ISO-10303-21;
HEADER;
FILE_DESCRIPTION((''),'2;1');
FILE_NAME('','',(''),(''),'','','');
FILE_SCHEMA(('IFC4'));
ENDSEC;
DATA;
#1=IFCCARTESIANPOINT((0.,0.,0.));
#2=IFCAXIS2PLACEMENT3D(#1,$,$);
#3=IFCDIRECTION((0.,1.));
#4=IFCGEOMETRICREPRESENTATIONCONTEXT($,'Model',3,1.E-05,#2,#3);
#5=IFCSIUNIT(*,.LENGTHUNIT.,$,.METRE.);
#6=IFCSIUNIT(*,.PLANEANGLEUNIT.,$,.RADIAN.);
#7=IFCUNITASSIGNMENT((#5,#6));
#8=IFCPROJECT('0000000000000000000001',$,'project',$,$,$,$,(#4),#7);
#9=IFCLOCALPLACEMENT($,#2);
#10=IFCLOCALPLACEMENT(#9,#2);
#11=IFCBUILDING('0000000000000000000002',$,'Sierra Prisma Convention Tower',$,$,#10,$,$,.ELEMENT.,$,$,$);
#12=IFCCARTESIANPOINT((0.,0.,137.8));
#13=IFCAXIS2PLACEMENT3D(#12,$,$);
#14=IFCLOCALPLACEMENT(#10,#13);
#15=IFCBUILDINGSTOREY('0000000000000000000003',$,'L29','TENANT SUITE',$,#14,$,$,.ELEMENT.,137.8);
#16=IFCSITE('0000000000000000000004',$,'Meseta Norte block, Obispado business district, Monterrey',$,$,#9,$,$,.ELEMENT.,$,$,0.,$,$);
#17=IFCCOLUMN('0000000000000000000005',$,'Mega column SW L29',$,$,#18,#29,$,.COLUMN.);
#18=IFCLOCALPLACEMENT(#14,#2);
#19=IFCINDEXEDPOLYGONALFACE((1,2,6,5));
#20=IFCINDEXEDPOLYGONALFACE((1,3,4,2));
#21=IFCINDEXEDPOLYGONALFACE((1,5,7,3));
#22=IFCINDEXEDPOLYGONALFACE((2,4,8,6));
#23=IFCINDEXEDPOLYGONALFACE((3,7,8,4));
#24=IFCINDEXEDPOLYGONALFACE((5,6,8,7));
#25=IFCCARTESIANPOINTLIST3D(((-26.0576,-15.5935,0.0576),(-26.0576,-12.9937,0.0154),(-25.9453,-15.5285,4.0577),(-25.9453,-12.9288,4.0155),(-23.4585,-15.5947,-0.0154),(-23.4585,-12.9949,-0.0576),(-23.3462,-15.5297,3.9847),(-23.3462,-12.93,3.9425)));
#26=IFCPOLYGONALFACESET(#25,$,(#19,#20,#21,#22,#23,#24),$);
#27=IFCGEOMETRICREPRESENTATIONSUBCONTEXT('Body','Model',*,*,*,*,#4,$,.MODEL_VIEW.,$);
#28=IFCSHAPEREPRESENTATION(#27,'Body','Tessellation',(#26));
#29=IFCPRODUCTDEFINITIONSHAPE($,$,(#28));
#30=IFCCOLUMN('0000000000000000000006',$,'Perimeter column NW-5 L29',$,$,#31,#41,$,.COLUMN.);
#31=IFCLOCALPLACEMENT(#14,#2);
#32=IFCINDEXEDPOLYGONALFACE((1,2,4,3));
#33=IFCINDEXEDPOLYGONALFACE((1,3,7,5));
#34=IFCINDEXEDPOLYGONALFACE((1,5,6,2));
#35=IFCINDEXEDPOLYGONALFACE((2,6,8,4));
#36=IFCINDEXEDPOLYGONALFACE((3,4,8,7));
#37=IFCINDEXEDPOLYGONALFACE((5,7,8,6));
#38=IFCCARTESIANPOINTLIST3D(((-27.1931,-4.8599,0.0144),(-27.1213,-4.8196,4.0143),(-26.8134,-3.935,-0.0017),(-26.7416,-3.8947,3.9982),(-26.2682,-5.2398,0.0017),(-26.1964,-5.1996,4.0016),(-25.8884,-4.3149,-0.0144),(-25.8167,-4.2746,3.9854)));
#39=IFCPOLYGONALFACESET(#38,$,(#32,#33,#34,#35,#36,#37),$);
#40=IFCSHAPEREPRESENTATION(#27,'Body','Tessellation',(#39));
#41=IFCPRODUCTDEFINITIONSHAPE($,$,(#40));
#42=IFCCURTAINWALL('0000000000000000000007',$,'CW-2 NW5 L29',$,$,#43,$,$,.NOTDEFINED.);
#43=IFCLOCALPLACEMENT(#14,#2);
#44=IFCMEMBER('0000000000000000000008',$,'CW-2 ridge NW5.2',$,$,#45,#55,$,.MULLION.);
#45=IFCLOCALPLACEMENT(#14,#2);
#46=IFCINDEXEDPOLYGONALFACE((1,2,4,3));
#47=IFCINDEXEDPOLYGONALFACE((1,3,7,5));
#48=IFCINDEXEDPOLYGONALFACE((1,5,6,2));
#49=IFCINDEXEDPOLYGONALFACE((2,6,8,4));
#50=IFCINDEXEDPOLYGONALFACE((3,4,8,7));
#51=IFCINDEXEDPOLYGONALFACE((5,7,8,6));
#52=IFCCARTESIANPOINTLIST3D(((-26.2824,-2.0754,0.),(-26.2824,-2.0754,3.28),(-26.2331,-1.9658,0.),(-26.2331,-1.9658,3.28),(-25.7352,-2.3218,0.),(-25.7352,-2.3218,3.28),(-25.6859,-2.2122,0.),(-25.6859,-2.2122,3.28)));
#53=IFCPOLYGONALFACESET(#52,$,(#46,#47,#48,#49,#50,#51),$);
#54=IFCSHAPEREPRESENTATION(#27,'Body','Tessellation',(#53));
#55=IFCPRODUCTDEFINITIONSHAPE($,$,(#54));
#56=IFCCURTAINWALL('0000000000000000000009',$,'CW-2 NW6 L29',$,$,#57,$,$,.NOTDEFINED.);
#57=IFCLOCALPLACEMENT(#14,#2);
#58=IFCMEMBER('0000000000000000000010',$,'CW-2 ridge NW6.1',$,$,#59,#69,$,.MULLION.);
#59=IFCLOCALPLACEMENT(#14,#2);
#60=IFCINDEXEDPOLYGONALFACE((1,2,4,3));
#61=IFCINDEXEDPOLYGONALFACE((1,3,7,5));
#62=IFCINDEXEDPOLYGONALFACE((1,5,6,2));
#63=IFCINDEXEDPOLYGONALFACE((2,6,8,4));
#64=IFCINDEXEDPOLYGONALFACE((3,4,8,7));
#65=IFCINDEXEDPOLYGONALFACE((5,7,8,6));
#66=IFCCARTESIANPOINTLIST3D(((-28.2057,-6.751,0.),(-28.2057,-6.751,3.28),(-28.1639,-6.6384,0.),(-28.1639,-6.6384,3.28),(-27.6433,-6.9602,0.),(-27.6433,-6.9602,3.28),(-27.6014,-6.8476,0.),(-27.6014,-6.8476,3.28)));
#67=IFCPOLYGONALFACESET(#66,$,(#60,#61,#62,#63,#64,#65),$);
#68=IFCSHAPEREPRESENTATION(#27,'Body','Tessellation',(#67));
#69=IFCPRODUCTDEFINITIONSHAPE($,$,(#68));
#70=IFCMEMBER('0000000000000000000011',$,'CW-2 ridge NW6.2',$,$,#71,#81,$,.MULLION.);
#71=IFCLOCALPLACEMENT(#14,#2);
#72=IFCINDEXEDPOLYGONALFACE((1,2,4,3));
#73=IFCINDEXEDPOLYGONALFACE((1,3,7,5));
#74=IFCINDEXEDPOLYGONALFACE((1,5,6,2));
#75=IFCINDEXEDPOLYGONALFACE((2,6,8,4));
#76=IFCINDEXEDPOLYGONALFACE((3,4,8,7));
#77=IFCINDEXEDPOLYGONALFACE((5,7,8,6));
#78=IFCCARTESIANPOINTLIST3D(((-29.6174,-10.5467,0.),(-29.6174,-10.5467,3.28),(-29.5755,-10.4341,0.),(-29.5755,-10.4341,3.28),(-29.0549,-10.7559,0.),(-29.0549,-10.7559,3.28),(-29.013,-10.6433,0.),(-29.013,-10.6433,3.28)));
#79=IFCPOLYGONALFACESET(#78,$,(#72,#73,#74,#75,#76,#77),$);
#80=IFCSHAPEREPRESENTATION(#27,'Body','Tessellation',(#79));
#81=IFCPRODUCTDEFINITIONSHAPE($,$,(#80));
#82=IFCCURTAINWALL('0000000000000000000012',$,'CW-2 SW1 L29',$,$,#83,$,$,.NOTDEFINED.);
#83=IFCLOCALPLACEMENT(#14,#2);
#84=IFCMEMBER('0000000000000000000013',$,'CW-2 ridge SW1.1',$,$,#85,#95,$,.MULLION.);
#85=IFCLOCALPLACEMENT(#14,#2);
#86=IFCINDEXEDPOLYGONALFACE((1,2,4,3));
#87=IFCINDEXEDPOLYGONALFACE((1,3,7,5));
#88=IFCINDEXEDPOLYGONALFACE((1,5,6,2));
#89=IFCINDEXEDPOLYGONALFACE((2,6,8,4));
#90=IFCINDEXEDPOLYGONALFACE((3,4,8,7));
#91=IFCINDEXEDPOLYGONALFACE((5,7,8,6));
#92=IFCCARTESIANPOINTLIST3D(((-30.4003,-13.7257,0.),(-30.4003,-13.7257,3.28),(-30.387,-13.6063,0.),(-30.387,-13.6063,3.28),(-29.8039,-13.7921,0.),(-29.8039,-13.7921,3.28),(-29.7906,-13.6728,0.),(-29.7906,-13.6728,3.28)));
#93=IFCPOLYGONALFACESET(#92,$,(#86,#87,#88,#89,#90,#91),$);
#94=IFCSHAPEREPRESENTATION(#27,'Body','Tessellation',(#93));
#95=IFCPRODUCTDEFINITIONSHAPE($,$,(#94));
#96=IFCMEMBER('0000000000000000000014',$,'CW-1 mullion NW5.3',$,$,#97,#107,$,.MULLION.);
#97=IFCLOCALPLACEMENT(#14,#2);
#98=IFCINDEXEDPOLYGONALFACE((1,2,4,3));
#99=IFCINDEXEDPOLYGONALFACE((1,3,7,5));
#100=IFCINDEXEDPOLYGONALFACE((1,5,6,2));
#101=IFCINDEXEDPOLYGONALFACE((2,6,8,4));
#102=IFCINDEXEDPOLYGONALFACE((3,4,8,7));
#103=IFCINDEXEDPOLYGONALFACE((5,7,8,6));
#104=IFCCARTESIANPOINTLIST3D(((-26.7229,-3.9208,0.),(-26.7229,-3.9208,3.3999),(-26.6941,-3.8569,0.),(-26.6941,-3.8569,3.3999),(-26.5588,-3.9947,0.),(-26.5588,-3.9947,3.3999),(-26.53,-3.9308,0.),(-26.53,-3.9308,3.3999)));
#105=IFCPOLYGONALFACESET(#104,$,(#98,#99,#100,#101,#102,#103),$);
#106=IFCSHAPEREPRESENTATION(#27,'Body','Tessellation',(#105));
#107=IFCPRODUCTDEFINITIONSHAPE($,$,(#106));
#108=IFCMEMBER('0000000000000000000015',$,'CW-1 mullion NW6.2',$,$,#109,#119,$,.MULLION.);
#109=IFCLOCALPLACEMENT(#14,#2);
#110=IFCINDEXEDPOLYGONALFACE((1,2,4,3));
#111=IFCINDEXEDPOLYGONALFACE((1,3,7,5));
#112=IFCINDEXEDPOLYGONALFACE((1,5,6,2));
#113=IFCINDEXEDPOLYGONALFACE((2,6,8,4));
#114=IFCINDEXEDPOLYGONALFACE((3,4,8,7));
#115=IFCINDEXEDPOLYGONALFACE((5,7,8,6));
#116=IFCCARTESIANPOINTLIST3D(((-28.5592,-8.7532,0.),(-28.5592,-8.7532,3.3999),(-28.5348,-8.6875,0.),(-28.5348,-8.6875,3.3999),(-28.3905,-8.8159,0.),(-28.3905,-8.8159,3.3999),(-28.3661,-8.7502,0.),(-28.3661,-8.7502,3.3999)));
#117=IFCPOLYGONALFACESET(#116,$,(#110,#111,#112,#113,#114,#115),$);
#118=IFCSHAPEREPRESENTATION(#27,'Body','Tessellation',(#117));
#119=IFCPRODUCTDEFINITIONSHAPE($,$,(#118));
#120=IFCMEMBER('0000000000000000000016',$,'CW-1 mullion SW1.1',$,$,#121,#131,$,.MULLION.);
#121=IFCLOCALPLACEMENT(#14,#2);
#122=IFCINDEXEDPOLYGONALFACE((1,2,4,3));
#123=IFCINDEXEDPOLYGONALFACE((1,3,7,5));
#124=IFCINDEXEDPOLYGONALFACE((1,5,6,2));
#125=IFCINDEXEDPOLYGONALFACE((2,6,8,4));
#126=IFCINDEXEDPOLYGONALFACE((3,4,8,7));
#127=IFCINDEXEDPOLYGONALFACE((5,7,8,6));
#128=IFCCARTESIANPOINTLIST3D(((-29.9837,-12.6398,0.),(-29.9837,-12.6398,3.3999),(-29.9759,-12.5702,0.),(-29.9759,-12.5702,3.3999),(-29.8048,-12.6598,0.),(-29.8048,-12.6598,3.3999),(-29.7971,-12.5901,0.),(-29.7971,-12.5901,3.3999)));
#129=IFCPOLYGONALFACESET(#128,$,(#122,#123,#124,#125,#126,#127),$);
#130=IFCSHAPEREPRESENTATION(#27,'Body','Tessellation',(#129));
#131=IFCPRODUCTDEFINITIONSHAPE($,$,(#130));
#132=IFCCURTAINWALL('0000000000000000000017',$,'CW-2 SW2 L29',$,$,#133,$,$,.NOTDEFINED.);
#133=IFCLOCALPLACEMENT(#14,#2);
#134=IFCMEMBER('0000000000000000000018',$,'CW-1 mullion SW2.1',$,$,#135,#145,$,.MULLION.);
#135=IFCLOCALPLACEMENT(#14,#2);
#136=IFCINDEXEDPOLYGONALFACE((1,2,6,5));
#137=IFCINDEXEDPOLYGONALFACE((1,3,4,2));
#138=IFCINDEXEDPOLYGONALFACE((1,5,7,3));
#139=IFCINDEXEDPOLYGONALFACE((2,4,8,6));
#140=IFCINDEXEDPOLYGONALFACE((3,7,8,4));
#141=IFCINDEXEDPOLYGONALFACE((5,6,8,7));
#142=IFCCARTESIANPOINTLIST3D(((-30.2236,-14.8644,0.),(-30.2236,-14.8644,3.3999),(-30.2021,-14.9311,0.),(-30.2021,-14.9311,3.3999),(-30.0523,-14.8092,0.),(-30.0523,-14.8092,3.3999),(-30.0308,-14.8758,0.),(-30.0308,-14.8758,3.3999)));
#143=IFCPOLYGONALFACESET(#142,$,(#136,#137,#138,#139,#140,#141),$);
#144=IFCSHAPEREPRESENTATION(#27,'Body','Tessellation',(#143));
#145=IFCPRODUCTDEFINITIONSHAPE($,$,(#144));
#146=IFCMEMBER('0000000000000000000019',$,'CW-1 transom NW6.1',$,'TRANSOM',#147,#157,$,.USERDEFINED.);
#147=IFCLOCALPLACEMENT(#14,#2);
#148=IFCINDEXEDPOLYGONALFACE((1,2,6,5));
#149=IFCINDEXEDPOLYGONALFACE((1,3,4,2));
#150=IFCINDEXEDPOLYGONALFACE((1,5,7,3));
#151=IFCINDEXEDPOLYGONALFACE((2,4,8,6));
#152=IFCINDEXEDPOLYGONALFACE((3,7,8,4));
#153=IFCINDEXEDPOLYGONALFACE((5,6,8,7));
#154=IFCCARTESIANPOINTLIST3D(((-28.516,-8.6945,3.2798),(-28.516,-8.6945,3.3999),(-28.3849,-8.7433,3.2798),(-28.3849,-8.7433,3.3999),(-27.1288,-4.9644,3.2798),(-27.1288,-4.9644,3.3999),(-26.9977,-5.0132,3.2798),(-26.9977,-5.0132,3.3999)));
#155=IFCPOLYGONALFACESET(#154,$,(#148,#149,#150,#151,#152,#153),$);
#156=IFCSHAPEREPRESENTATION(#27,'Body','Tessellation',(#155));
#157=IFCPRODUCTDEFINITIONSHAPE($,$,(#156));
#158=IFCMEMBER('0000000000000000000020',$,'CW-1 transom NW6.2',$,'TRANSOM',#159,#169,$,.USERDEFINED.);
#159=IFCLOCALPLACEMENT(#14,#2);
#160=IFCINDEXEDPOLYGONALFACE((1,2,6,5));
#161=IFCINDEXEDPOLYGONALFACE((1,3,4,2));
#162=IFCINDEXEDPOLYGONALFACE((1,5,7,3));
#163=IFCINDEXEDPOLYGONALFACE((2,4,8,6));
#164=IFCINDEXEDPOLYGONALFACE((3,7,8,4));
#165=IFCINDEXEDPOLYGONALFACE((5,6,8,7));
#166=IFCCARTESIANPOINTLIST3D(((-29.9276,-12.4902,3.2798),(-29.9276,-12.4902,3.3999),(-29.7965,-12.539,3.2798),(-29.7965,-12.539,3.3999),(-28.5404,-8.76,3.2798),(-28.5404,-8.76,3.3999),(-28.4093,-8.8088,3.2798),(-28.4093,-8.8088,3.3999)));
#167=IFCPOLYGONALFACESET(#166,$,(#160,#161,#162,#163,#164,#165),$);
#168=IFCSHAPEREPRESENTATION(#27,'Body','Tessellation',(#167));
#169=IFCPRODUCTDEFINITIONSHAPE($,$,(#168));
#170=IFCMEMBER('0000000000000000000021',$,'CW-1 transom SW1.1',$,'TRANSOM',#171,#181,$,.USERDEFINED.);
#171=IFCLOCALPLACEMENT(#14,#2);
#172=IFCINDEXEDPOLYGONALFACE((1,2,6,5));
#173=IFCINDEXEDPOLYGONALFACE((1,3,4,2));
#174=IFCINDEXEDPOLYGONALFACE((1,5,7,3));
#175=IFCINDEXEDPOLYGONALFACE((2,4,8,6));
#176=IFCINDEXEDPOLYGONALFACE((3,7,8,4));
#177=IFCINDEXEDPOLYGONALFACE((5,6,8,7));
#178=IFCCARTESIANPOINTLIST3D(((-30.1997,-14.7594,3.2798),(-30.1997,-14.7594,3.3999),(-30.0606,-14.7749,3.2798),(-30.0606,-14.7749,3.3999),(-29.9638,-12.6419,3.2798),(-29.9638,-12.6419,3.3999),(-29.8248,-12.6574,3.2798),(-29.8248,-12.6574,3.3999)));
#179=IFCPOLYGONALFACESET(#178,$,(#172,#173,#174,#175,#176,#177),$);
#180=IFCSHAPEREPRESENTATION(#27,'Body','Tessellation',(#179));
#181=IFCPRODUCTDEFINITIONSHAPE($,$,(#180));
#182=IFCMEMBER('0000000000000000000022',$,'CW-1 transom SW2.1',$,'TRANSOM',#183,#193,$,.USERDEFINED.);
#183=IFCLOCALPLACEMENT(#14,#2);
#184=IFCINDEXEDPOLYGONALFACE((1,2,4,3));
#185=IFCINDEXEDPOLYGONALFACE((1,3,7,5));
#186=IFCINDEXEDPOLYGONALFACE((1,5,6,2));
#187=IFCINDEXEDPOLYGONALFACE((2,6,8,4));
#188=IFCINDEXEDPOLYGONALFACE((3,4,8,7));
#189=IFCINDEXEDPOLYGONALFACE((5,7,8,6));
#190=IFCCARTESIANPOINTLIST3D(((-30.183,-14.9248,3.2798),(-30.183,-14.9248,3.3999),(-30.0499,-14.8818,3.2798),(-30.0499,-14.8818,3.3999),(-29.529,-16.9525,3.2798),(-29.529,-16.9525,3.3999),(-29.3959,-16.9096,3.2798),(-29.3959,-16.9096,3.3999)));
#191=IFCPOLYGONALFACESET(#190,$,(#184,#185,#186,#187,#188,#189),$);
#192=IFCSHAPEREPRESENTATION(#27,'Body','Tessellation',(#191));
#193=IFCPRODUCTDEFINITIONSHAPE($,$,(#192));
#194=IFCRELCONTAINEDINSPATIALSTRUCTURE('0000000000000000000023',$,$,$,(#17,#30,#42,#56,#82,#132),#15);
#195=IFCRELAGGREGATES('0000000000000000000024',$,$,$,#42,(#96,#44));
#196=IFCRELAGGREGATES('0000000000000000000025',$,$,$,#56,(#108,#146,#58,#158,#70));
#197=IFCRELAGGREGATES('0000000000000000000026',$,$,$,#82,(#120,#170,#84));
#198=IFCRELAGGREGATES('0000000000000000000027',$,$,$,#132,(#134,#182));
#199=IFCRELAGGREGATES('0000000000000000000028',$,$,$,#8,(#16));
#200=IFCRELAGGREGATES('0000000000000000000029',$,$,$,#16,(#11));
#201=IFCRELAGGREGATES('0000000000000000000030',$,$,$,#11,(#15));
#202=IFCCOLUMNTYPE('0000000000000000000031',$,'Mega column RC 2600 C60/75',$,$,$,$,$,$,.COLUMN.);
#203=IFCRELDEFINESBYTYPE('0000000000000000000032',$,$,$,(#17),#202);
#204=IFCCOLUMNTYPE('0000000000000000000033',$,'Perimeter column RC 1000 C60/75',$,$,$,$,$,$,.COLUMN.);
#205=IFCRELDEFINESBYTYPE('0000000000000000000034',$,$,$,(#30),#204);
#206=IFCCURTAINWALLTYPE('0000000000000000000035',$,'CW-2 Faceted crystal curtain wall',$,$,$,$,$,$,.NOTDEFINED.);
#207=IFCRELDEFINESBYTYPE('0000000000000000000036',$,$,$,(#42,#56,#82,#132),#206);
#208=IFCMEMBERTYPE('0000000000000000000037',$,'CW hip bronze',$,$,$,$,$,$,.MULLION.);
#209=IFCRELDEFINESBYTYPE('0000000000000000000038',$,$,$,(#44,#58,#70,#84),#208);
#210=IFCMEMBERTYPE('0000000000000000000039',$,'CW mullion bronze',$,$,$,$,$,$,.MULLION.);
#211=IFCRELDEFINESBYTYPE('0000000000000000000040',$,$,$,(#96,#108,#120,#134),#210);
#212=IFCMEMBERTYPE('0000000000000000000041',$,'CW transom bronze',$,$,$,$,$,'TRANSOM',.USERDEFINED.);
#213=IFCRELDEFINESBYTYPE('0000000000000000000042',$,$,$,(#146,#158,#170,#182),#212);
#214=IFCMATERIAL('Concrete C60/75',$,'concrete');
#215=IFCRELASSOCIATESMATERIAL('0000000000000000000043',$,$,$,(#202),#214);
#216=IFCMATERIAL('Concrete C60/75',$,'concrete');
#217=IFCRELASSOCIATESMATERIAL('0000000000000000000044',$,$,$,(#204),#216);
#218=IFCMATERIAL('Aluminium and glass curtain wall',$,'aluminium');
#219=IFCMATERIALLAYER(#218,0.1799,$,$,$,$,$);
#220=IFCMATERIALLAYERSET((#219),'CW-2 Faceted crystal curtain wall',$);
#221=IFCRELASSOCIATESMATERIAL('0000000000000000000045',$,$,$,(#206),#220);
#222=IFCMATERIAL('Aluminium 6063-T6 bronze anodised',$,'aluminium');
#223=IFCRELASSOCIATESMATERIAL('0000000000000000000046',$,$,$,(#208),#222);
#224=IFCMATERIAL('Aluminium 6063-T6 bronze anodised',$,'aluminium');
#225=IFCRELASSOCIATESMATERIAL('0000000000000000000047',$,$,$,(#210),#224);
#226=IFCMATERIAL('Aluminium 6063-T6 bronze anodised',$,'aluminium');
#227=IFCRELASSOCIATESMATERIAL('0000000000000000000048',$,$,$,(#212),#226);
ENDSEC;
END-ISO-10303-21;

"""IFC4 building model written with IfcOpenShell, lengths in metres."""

from ifc_helpers import new_model, si_unit, direction, frame, origin, origin_2d, place, context, subcontext, project, spatial, rectangle, extrude, material, layer, layer_set, material_profile, profile_set, type_object, element, aggregate, save


model = new_model("IFC4")

# Units and contexts
model_context = context("Model", 3, precision=1e-05, world=origin(), true_north=direction((0.0, 1.0)))
body_context = subcontext(model_context, "Body", "Model", "MODEL_VIEW")
ifc_project = project(units=[si_unit("LENGTHUNIT", "METRE"), si_unit("PLANEANGLEUNIT", "RADIAN")], contexts=[model_context])

# Site, building, storey
site_placement = place(None, origin())
site = spatial("IfcSite", under=ifc_project, at=site_placement, Name="Meseta Norte block, Obispado business district, Monterrey", CompositionType="ELEMENT", RefElevation=0.0)
building_placement = place(site_placement, origin())
building = spatial("IfcBuilding", under=site, at=building_placement, Name="Sierra Prisma Convention Tower", CompositionType="ELEMENT")
storey_placement = place(building_placement, frame((0.0, 0.0, 137.8)))
storey = spatial("IfcBuildingStorey", under=building, at=storey_placement, Name="L29", Description="TENANT SUITE", CompositionType="ELEMENT", Elevation=137.8)

# Columns
ifc_material_1 = material(Name="Concrete C60/75", Category="concrete")
ifc_material_profile_1 = material_profile(ifc_material_1, rectangle(XDim=2.6001, YDim=2.6001, at=origin_2d()), Name="Mega column RC 2600 C60/75")
ifc_profile_set_1 = profile_set([ifc_material_profile_1], Name="Concrete C60/75")
column_type_1 = type_object("IfcColumnType", Name="Mega column RC 2600 C60/75", PredefinedType="COLUMN", material=ifc_profile_set_1)
column_1_placement = place(storey_placement, frame((-24.7581, -14.2942, 0.0), z_axis=(0.028061, 0.016227, 0.999474), x_axis=(0.999606, -0.000456, -0.028058)))
element("IfcColumn", 1, at=column_1_placement, inside=storey, type_object=column_type_1, Name="Mega column SW L29", PredefinedType="COLUMN", context=body_context, shape_type="SweptSolid", body=[
    extrude(rectangle(XDim=2.6001, YDim=2.6001, at=origin_2d()), origin(), (0.0, 0.0, 1.0), 4.0022),
])
ifc_material_2 = material(Name="Concrete C60/75", Category="concrete")
ifc_material_profile_2 = material_profile(ifc_material_2, rectangle(XDim=1.0, YDim=1.0, at=origin_2d()), Name="Perimeter column RC 1000 C60/75")
ifc_profile_set_2 = profile_set([ifc_material_profile_2], Name="Concrete C60/75")
column_type_2 = type_object("IfcColumnType", Name="Perimeter column RC 1000 C60/75", PredefinedType="COLUMN", material=ifc_profile_set_2)
column_2_placement = place(storey_placement, frame((-26.5408, -4.5874, 0.0), z_axis=(0.017941, 0.010069, 0.999788), x_axis=(0.379721, 0.92496, -0.016129)))
element("IfcColumn", 2, at=column_2_placement, inside=storey, type_object=column_type_2, Name="Perimeter column NW-5 L29", PredefinedType="COLUMN", context=body_context, shape_type="SweptSolid", body=[
    extrude(rectangle(XDim=1.0, YDim=1.0, at=origin_2d()), origin(), (0.0, 0.0, 1.0), 4.0007),
])

# Curtain wall, member
ifc_material_3 = material(Name="Aluminium and glass curtain wall", Category="aluminium")
ifc_layer_1 = layer(ifc_material_3, 0.1799)
ifc_layer_set_1 = layer_set([ifc_layer_1], Name="CW-2 Faceted crystal curtain wall")
curtain_wall_type = type_object("IfcCurtainWallType", Name="CW-2 Faceted crystal curtain wall", PredefinedType="NOTDEFINED", material=ifc_layer_set_1)
curtain_wall_1_placement = place(storey_placement, origin())
curtain_wall_1 = element("IfcCurtainWall", 3, at=curtain_wall_1_placement, inside=storey, type_object=curtain_wall_type, Name="CW-2 NW5 L29", PredefinedType="NOTDEFINED")
ifc_material_4 = material(Name="Aluminium 6063-T6 bronze anodised", Category="aluminium")
ifc_material_profile_3 = material_profile(ifc_material_4, rectangle(XDim=0.1201, YDim=0.6001, at=origin_2d()), Name="ALU RIDGE BLADE 120x600")
ifc_profile_set_3 = profile_set([ifc_material_profile_3], Name="Aluminium 6063-T6 bronze anodised")
member_type_1 = type_object("IfcMemberType", Name="CW hip bronze", PredefinedType="MULLION", material=ifc_profile_set_3)
member_1_placement = place(storey_placement, frame((-25.9841, -2.1438, 0.0), z_axis=(0.0, 0.0, 1.0), x_axis=(-0.410562, -0.911833, 0.0)))
member_1 = element("IfcMember", 4, at=member_1_placement, type_object=member_type_1, Name="CW-2 ridge NW5.2", PredefinedType="MULLION", context=body_context, shape_type="SweptSolid", body=[
    extrude(rectangle(XDim=0.1201, YDim=0.6001, at=origin_2d()), origin(), (0.0, 0.0, 1.0), 3.28),
])

# Curtain wall, members
curtain_wall_2_placement = place(storey_placement, origin())
curtain_wall_2 = element("IfcCurtainWall", 5, at=curtain_wall_2_placement, inside=storey, type_object=curtain_wall_type, Name="CW-2 NW6 L29", PredefinedType="NOTDEFINED")
member_2_placement = place(storey_placement, frame((-27.9036, -6.7993, 0.0), z_axis=(0.0, 0.0, 1.0), x_axis=(-0.348577, -0.93728, 0.0)))
member_2 = element("IfcMember", 6, at=member_2_placement, type_object=member_type_1, Name="CW-2 ridge NW6.1", PredefinedType="MULLION", context=body_context, shape_type="SweptSolid", body=[
    extrude(rectangle(XDim=0.1201, YDim=0.6001, at=origin_2d()), origin(), (0.0, 0.0, 1.0), 3.28),
])
member_3_placement = place(storey_placement, frame((-29.3152, -10.595, 0.0), z_axis=(0.0, 0.0, 1.0), x_axis=(-0.348577, -0.93728, 0.0)))
member_3 = element("IfcMember", 7, at=member_3_placement, type_object=member_type_1, Name="CW-2 ridge NW6.2", PredefinedType="MULLION", context=body_context, shape_type="SweptSolid", body=[
    extrude(rectangle(XDim=0.1201, YDim=0.6001, at=origin_2d()), origin(), (0.0, 0.0, 1.0), 3.28),
])

# Curtain wall, member
curtain_wall_3_placement = place(storey_placement, origin())
curtain_wall_3 = element("IfcCurtainWall", 8, at=curtain_wall_3_placement, inside=storey, type_object=curtain_wall_type, Name="CW-2 SW1 L29", PredefinedType="NOTDEFINED")
member_4_placement = place(storey_placement, frame((-30.0955, -13.6992, 0.0), z_axis=(0.0, 0.0, 1.0), x_axis=(-0.110779, -0.993845, 0.0)))
member_4 = element("IfcMember", 9, at=member_4_placement, type_object=member_type_1, Name="CW-2 ridge SW1.1", PredefinedType="MULLION", context=body_context, shape_type="SweptSolid", body=[
    extrude(rectangle(XDim=0.1201, YDim=0.6001, at=origin_2d()), origin(), (0.0, 0.0, 1.0), 3.28),
])

# Members
ifc_material_5 = material(Name="Aluminium 6063-T6 bronze anodised", Category="aluminium")
ifc_material_profile_4 = material_profile(ifc_material_5, rectangle(XDim=0.1799, YDim=0.0701, at=origin_2d()), Name="ALU MULLION 70x180")
ifc_profile_set_4 = profile_set([ifc_material_profile_4], Name="Aluminium 6063-T6 bronze anodised")
member_type_2 = type_object("IfcMemberType", Name="CW mullion bronze", PredefinedType="MULLION", material=ifc_profile_set_4)
member_5_placement = place(storey_placement, frame((-26.6265, -3.9258, 0.0), z_axis=(0.0, 0.0, 1.0), x_axis=(0.911833, -0.410562, 0.0)))
member_5 = element("IfcMember", 10, at=member_5_placement, type_object=member_type_2, Name="CW-1 mullion NW5.3", PredefinedType="MULLION", context=body_context, shape_type="SweptSolid", body=[
    extrude(rectangle(XDim=0.1799, YDim=0.0701, at=origin_2d()), origin(), (0.0, 0.0, 1.0), 3.3999),
])
member_6_placement = place(storey_placement, frame((-28.4626, -8.7517, 0.0), z_axis=(0.0, 0.0, 1.0), x_axis=(0.93728, -0.348577, 0.0)))
member_6 = element("IfcMember", 11, at=member_6_placement, type_object=member_type_2, Name="CW-1 mullion NW6.2", PredefinedType="MULLION", context=body_context, shape_type="SweptSolid", body=[
    extrude(rectangle(XDim=0.1799, YDim=0.0701, at=origin_2d()), origin(), (0.0, 0.0, 1.0), 3.3999),
])
member_7_placement = place(storey_placement, frame((-29.8904, -12.615, 0.0), z_axis=(0.0, 0.0, 1.0), x_axis=(0.993845, -0.110779, 0.0)))
member_7 = element("IfcMember", 12, at=member_7_placement, type_object=member_type_2, Name="CW-1 mullion SW1.1", PredefinedType="MULLION", context=body_context, shape_type="SweptSolid", body=[
    extrude(rectangle(XDim=0.1799, YDim=0.0701, at=origin_2d()), origin(), (0.0, 0.0, 1.0), 3.3999),
])

# Curtain wall, member
curtain_wall_4_placement = place(storey_placement, origin())
curtain_wall_4 = element("IfcCurtainWall", 13, at=curtain_wall_4_placement, inside=storey, type_object=curtain_wall_type, Name="CW-2 SW2 L29", PredefinedType="NOTDEFINED")
member_8_placement = place(storey_placement, frame((-30.1272, -14.8701, 0.0), z_axis=(0.0, 0.0, 1.0), x_axis=(0.951702, 0.307023, 0.0)))
member_8 = element("IfcMember", 14, at=member_8_placement, type_object=member_type_2, Name="CW-1 mullion SW2.1", PredefinedType="MULLION", context=body_context, shape_type="SweptSolid", body=[
    extrude(rectangle(XDim=0.1799, YDim=0.0701, at=origin_2d()), origin(), (0.0, 0.0, 1.0), 3.3999),
])

# Members
ifc_material_6 = material(Name="Aluminium 6063-T6 bronze anodised", Category="aluminium")
ifc_material_profile_5 = material_profile(ifc_material_6, rectangle(XDim=0.1399, YDim=0.1201, at=origin_2d()), Name="ALU TRANSOM 120x140")
ifc_profile_set_5 = profile_set([ifc_material_profile_5], Name="Aluminium 6063-T6 bronze anodised")
member_type_3 = type_object("IfcMemberType", Name="CW transom bronze", ElementType="TRANSOM", PredefinedType="USERDEFINED", material=ifc_profile_set_5)
member_9_placement = place(storey_placement, frame((-27.0632, -4.9888, 3.3398), z_axis=(-0.348561, -0.937286, 0.0), x_axis=(0.937286, -0.348561, 0.0)))
member_9 = element("IfcMember", 15, at=member_9_placement, type_object=member_type_3, Name="CW-1 transom NW6.1", ObjectType="TRANSOM", PredefinedType="USERDEFINED", context=body_context, shape_type="SweptSolid", body=[
    extrude(rectangle(XDim=0.1399, YDim=0.1201, at=origin_2d()), origin(), (0.0, 0.0, 1.0), 3.9797),
])
member_10_placement = place(storey_placement, frame((-28.4749, -8.7844, 3.3398), z_axis=(-0.348561, -0.937286, 0.0), x_axis=(0.937286, -0.348561, 0.0)))
member_10 = element("IfcMember", 16, at=member_10_placement, type_object=member_type_3, Name="CW-1 transom NW6.2", ObjectType="TRANSOM", PredefinedType="USERDEFINED", context=body_context, shape_type="SweptSolid", body=[
    extrude(rectangle(XDim=0.1399, YDim=0.1201, at=origin_2d()), origin(), (0.0, 0.0, 1.0), 3.9797),
])
member_11_placement = place(storey_placement, frame((-29.8943, -12.6497, 3.3398), z_axis=(-0.110696, -0.993854, 0.0), x_axis=(0.993854, -0.110696, 0.0)))
member_11 = element("IfcMember", 17, at=member_11_placement, type_object=member_type_3, Name="CW-1 transom SW1.1", ObjectType="TRANSOM", PredefinedType="USERDEFINED", context=body_context, shape_type="SweptSolid", body=[
    extrude(rectangle(XDim=0.1399, YDim=0.1201, at=origin_2d()), origin(), (0.0, 0.0, 1.0), 2.1306),
])
member_12_placement = place(storey_placement, frame((-30.1165, -14.9033, 3.3398), z_axis=(0.306966, -0.95172, 0.0), x_axis=(0.95172, 0.306966, 0.0)))
member_12 = element("IfcMember", 18, at=member_12_placement, type_object=member_type_3, Name="CW-1 transom SW2.1", ObjectType="TRANSOM", PredefinedType="USERDEFINED", context=body_context, shape_type="SweptSolid", body=[
    extrude(rectangle(XDim=0.1399, YDim=0.1201, at=origin_2d()), origin(), (0.0, 0.0, 1.0), 2.1306),
])

aggregate(curtain_wall_1, [member_5, member_1])
aggregate(curtain_wall_2, [member_6, member_9, member_2, member_10, member_3])
aggregate(curtain_wall_3, [member_7, member_11, member_4])
aggregate(curtain_wall_4, [member_8, member_12])

save(model, "model.ifc")
